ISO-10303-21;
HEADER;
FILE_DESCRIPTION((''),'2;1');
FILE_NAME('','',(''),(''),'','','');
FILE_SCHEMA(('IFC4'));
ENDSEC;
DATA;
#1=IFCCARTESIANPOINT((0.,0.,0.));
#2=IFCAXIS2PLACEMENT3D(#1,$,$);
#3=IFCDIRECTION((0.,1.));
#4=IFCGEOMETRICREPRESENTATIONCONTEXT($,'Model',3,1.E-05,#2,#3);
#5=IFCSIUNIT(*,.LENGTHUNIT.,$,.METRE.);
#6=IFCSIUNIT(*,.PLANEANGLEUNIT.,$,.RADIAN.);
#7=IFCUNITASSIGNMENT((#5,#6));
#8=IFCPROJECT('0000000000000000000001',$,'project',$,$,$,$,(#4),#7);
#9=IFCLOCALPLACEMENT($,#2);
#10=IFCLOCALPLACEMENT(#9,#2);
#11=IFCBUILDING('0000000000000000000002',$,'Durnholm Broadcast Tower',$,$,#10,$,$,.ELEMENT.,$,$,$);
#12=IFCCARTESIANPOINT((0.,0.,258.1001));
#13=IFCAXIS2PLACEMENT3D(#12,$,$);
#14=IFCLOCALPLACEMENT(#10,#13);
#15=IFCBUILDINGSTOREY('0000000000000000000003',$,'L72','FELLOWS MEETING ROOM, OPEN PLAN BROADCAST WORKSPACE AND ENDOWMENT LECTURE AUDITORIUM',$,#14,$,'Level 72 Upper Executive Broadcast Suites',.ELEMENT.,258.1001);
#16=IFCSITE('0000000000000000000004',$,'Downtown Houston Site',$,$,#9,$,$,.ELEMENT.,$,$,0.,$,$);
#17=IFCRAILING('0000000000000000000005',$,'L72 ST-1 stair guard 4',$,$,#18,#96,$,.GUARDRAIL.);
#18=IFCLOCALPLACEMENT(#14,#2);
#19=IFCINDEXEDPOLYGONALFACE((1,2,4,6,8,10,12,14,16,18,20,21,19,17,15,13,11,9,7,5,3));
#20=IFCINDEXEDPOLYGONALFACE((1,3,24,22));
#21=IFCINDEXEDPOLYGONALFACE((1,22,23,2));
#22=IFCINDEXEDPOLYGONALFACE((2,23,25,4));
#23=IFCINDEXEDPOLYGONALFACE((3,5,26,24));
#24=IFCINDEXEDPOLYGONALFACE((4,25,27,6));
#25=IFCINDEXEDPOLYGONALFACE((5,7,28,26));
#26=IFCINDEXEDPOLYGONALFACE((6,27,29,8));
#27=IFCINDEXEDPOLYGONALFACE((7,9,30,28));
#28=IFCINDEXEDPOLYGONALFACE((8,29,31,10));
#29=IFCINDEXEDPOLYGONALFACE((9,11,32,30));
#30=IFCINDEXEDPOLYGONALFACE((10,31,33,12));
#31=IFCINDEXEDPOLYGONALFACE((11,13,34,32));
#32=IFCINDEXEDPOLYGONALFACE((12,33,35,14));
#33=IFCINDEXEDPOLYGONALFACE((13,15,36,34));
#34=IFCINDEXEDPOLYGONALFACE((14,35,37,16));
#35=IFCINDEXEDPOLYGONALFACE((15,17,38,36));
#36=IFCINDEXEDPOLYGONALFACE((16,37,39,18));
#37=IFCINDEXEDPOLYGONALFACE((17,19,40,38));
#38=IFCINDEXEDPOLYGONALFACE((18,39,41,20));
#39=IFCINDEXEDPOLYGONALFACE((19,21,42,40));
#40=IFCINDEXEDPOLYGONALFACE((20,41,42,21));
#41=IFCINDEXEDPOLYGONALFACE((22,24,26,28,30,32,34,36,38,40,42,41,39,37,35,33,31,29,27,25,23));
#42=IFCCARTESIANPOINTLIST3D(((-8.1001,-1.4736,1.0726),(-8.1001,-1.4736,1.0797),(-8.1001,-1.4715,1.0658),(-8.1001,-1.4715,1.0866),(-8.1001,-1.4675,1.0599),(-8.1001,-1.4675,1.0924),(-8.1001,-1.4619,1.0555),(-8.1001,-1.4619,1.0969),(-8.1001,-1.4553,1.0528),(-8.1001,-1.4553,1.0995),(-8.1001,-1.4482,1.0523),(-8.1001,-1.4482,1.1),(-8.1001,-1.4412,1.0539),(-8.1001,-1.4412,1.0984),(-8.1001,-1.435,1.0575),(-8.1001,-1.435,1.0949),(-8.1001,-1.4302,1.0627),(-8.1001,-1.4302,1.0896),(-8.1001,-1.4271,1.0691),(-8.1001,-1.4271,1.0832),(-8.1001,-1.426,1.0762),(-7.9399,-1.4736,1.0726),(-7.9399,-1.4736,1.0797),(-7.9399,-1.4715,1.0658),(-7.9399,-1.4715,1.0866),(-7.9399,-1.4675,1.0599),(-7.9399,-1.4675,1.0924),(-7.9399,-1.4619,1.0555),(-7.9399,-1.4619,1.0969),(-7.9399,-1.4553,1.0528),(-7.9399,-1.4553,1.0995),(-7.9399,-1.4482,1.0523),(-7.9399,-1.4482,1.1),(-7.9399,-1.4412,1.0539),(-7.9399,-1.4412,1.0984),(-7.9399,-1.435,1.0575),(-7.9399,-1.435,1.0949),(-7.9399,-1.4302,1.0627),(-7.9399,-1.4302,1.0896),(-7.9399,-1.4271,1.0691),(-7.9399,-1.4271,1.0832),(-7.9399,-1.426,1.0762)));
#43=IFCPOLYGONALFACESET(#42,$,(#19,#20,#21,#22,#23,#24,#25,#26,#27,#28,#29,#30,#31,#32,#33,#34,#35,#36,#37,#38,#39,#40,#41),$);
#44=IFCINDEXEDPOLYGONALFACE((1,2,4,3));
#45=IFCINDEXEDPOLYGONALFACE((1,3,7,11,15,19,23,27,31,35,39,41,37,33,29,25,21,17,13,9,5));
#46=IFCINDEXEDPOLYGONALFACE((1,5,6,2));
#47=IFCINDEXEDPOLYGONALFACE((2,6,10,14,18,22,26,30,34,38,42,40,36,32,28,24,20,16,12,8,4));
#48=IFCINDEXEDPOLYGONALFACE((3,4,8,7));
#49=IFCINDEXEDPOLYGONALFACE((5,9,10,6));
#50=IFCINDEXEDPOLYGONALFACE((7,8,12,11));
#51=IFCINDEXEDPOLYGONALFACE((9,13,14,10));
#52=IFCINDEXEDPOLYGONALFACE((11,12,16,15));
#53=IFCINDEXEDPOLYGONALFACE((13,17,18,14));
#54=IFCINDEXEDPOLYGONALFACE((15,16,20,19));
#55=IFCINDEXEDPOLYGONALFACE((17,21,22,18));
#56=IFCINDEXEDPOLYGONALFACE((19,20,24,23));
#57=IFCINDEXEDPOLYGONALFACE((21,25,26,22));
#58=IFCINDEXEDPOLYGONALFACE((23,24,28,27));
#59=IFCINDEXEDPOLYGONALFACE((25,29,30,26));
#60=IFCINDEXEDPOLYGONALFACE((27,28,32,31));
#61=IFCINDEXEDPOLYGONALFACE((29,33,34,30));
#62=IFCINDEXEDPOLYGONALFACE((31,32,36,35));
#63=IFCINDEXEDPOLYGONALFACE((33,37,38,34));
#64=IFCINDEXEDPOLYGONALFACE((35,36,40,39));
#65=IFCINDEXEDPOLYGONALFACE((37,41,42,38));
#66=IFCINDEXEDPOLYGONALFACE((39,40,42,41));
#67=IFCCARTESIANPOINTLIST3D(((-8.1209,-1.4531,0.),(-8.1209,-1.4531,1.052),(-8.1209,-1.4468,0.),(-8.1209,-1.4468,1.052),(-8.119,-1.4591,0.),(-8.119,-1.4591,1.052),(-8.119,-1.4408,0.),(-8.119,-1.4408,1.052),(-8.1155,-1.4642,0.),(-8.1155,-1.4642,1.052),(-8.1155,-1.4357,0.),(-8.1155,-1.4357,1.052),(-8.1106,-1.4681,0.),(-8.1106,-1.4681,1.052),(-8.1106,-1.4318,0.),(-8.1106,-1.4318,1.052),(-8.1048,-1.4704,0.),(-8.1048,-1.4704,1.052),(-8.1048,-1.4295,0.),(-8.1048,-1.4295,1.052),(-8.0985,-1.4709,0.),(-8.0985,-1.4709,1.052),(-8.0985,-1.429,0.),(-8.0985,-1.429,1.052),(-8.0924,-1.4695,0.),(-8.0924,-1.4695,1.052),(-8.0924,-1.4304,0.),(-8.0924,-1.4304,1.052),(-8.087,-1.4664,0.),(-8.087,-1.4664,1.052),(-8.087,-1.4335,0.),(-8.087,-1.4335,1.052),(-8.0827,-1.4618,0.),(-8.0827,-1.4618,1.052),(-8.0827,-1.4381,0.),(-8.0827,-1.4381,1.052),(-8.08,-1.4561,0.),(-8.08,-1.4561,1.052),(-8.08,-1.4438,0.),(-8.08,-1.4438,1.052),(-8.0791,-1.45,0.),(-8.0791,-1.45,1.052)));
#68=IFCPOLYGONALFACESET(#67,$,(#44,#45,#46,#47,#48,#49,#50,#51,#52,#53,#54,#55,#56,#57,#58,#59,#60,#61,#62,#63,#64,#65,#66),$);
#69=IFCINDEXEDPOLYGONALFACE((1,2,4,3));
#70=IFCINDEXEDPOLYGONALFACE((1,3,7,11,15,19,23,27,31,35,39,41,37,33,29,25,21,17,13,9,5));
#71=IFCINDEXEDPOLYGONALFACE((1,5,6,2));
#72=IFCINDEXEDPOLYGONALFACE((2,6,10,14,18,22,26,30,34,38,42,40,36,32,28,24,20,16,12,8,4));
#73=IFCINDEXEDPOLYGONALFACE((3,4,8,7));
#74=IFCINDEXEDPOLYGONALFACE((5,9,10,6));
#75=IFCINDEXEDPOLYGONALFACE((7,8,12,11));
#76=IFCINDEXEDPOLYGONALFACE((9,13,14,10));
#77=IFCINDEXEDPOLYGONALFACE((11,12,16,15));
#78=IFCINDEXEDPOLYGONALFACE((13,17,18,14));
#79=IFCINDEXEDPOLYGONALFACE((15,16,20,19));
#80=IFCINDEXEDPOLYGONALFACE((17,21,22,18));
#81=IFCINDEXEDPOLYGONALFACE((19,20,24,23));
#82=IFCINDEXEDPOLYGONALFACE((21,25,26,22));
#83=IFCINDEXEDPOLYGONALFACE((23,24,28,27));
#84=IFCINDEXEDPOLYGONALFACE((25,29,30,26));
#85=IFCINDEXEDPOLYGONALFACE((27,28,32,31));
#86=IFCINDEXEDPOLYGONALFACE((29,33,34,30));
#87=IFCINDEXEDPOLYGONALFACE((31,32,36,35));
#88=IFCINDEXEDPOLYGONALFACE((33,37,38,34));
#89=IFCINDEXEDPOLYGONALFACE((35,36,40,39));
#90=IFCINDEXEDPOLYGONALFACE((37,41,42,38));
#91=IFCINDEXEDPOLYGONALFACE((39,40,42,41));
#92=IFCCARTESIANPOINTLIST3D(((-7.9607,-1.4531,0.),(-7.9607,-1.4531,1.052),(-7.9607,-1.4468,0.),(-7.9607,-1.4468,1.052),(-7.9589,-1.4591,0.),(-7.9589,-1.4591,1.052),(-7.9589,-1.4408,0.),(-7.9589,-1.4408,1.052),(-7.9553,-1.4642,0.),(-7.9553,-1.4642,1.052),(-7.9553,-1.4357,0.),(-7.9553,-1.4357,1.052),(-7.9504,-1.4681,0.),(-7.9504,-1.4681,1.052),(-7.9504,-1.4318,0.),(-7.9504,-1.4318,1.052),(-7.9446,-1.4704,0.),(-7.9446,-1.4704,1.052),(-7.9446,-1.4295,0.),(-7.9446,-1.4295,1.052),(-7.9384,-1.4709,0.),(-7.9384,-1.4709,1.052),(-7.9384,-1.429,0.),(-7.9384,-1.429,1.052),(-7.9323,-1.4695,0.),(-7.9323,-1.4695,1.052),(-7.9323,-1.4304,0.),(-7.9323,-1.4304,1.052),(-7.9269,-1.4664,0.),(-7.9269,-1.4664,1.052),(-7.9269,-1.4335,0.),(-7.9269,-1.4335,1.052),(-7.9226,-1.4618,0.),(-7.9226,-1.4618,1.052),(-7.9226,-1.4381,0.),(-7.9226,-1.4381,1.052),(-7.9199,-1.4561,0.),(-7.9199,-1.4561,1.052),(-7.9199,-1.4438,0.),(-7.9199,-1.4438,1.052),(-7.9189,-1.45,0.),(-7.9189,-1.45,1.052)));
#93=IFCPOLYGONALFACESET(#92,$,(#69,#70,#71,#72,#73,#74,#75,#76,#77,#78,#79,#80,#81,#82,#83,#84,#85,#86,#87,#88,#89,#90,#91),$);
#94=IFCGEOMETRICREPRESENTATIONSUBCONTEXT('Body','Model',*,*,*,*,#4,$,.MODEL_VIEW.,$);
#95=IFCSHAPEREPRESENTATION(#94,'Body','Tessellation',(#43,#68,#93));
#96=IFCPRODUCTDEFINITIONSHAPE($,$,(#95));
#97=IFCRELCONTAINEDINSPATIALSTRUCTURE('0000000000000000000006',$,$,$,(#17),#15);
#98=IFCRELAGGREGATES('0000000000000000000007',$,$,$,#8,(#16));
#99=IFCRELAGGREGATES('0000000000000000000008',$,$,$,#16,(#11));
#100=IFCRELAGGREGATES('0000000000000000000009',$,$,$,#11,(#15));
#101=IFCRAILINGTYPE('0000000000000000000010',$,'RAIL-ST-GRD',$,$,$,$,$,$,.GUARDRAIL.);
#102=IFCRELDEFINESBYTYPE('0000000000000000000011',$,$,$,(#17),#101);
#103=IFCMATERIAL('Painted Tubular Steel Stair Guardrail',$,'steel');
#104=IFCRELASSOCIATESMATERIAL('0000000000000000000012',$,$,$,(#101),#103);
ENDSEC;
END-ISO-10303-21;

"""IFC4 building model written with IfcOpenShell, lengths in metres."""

from ifc_helpers import new_model, si_unit, direction, frame, origin, origin_2d, place, context, subcontext, project, spatial, circle, extrude, material, type_object, element, save


model = new_model("IFC4")

# Units and contexts
model_context = context("Model", 3, precision=1e-05, world=origin(), true_north=direction((0.0, 1.0)))
body_context = subcontext(model_context, "Body", "Model", "MODEL_VIEW")
ifc_project = project(units=[si_unit("LENGTHUNIT", "METRE"), si_unit("PLANEANGLEUNIT", "RADIAN")], contexts=[model_context])

# Site, building, storey
site_placement = place(None, origin())
site = spatial("IfcSite", under=ifc_project, at=site_placement, Name="Downtown Houston Site", CompositionType="ELEMENT", RefElevation=0.0)
building_placement = place(site_placement, origin())
building = spatial("IfcBuilding", under=site, at=building_placement, Name="Durnholm Broadcast Tower", CompositionType="ELEMENT")
storey_placement = place(building_placement, frame((0.0, 0.0, 258.1001)))
storey = spatial("IfcBuildingStorey", under=building, at=storey_placement, Name="L72", Description="FELLOWS MEETING ROOM, OPEN PLAN BROADCAST WORKSPACE AND ENDOWMENT LECTURE AUDITORIUM", LongName="Level 72 Upper Executive Broadcast Suites", CompositionType="ELEMENT", Elevation=258.1001)

# Railing
ifc_material_1 = material(Name="Painted Tubular Steel Stair Guardrail", Category="steel")
railing_type_1 = type_object("IfcRailingType", Name="RAIL-ST-GRD", PredefinedType="GUARDRAIL", material=ifc_material_1)
railing_1_placement = place(storey_placement, frame((-8.1001, -1.45, 0.0)))
element("IfcRailing", 1, at=railing_1_placement, inside=storey, type_object=railing_type_1, Name="L72 ST-1 stair guard 4", PredefinedType="GUARDRAIL", context=body_context, shape_type="SweptSolid", body=[
    extrude(circle(Radius=0.0239, at=origin_2d()), frame((0.0, 0.0, 1.0762), z_axis=(1.0, 0.0, 0.0), x_axis=(0.0, 1.0, 0.0)), (0.0, 0.0, 1.0), 0.1602),
    extrude(circle(Radius=0.021, at=origin_2d()), origin(), (0.0, 0.0, 1.0), 1.052),
    extrude(circle(Radius=0.021, at=origin_2d()), frame((0.1602, 0.0, 0.0)), (0.0, 0.0, 1.0), 1.052),
])

save(model, "model.ifc")
